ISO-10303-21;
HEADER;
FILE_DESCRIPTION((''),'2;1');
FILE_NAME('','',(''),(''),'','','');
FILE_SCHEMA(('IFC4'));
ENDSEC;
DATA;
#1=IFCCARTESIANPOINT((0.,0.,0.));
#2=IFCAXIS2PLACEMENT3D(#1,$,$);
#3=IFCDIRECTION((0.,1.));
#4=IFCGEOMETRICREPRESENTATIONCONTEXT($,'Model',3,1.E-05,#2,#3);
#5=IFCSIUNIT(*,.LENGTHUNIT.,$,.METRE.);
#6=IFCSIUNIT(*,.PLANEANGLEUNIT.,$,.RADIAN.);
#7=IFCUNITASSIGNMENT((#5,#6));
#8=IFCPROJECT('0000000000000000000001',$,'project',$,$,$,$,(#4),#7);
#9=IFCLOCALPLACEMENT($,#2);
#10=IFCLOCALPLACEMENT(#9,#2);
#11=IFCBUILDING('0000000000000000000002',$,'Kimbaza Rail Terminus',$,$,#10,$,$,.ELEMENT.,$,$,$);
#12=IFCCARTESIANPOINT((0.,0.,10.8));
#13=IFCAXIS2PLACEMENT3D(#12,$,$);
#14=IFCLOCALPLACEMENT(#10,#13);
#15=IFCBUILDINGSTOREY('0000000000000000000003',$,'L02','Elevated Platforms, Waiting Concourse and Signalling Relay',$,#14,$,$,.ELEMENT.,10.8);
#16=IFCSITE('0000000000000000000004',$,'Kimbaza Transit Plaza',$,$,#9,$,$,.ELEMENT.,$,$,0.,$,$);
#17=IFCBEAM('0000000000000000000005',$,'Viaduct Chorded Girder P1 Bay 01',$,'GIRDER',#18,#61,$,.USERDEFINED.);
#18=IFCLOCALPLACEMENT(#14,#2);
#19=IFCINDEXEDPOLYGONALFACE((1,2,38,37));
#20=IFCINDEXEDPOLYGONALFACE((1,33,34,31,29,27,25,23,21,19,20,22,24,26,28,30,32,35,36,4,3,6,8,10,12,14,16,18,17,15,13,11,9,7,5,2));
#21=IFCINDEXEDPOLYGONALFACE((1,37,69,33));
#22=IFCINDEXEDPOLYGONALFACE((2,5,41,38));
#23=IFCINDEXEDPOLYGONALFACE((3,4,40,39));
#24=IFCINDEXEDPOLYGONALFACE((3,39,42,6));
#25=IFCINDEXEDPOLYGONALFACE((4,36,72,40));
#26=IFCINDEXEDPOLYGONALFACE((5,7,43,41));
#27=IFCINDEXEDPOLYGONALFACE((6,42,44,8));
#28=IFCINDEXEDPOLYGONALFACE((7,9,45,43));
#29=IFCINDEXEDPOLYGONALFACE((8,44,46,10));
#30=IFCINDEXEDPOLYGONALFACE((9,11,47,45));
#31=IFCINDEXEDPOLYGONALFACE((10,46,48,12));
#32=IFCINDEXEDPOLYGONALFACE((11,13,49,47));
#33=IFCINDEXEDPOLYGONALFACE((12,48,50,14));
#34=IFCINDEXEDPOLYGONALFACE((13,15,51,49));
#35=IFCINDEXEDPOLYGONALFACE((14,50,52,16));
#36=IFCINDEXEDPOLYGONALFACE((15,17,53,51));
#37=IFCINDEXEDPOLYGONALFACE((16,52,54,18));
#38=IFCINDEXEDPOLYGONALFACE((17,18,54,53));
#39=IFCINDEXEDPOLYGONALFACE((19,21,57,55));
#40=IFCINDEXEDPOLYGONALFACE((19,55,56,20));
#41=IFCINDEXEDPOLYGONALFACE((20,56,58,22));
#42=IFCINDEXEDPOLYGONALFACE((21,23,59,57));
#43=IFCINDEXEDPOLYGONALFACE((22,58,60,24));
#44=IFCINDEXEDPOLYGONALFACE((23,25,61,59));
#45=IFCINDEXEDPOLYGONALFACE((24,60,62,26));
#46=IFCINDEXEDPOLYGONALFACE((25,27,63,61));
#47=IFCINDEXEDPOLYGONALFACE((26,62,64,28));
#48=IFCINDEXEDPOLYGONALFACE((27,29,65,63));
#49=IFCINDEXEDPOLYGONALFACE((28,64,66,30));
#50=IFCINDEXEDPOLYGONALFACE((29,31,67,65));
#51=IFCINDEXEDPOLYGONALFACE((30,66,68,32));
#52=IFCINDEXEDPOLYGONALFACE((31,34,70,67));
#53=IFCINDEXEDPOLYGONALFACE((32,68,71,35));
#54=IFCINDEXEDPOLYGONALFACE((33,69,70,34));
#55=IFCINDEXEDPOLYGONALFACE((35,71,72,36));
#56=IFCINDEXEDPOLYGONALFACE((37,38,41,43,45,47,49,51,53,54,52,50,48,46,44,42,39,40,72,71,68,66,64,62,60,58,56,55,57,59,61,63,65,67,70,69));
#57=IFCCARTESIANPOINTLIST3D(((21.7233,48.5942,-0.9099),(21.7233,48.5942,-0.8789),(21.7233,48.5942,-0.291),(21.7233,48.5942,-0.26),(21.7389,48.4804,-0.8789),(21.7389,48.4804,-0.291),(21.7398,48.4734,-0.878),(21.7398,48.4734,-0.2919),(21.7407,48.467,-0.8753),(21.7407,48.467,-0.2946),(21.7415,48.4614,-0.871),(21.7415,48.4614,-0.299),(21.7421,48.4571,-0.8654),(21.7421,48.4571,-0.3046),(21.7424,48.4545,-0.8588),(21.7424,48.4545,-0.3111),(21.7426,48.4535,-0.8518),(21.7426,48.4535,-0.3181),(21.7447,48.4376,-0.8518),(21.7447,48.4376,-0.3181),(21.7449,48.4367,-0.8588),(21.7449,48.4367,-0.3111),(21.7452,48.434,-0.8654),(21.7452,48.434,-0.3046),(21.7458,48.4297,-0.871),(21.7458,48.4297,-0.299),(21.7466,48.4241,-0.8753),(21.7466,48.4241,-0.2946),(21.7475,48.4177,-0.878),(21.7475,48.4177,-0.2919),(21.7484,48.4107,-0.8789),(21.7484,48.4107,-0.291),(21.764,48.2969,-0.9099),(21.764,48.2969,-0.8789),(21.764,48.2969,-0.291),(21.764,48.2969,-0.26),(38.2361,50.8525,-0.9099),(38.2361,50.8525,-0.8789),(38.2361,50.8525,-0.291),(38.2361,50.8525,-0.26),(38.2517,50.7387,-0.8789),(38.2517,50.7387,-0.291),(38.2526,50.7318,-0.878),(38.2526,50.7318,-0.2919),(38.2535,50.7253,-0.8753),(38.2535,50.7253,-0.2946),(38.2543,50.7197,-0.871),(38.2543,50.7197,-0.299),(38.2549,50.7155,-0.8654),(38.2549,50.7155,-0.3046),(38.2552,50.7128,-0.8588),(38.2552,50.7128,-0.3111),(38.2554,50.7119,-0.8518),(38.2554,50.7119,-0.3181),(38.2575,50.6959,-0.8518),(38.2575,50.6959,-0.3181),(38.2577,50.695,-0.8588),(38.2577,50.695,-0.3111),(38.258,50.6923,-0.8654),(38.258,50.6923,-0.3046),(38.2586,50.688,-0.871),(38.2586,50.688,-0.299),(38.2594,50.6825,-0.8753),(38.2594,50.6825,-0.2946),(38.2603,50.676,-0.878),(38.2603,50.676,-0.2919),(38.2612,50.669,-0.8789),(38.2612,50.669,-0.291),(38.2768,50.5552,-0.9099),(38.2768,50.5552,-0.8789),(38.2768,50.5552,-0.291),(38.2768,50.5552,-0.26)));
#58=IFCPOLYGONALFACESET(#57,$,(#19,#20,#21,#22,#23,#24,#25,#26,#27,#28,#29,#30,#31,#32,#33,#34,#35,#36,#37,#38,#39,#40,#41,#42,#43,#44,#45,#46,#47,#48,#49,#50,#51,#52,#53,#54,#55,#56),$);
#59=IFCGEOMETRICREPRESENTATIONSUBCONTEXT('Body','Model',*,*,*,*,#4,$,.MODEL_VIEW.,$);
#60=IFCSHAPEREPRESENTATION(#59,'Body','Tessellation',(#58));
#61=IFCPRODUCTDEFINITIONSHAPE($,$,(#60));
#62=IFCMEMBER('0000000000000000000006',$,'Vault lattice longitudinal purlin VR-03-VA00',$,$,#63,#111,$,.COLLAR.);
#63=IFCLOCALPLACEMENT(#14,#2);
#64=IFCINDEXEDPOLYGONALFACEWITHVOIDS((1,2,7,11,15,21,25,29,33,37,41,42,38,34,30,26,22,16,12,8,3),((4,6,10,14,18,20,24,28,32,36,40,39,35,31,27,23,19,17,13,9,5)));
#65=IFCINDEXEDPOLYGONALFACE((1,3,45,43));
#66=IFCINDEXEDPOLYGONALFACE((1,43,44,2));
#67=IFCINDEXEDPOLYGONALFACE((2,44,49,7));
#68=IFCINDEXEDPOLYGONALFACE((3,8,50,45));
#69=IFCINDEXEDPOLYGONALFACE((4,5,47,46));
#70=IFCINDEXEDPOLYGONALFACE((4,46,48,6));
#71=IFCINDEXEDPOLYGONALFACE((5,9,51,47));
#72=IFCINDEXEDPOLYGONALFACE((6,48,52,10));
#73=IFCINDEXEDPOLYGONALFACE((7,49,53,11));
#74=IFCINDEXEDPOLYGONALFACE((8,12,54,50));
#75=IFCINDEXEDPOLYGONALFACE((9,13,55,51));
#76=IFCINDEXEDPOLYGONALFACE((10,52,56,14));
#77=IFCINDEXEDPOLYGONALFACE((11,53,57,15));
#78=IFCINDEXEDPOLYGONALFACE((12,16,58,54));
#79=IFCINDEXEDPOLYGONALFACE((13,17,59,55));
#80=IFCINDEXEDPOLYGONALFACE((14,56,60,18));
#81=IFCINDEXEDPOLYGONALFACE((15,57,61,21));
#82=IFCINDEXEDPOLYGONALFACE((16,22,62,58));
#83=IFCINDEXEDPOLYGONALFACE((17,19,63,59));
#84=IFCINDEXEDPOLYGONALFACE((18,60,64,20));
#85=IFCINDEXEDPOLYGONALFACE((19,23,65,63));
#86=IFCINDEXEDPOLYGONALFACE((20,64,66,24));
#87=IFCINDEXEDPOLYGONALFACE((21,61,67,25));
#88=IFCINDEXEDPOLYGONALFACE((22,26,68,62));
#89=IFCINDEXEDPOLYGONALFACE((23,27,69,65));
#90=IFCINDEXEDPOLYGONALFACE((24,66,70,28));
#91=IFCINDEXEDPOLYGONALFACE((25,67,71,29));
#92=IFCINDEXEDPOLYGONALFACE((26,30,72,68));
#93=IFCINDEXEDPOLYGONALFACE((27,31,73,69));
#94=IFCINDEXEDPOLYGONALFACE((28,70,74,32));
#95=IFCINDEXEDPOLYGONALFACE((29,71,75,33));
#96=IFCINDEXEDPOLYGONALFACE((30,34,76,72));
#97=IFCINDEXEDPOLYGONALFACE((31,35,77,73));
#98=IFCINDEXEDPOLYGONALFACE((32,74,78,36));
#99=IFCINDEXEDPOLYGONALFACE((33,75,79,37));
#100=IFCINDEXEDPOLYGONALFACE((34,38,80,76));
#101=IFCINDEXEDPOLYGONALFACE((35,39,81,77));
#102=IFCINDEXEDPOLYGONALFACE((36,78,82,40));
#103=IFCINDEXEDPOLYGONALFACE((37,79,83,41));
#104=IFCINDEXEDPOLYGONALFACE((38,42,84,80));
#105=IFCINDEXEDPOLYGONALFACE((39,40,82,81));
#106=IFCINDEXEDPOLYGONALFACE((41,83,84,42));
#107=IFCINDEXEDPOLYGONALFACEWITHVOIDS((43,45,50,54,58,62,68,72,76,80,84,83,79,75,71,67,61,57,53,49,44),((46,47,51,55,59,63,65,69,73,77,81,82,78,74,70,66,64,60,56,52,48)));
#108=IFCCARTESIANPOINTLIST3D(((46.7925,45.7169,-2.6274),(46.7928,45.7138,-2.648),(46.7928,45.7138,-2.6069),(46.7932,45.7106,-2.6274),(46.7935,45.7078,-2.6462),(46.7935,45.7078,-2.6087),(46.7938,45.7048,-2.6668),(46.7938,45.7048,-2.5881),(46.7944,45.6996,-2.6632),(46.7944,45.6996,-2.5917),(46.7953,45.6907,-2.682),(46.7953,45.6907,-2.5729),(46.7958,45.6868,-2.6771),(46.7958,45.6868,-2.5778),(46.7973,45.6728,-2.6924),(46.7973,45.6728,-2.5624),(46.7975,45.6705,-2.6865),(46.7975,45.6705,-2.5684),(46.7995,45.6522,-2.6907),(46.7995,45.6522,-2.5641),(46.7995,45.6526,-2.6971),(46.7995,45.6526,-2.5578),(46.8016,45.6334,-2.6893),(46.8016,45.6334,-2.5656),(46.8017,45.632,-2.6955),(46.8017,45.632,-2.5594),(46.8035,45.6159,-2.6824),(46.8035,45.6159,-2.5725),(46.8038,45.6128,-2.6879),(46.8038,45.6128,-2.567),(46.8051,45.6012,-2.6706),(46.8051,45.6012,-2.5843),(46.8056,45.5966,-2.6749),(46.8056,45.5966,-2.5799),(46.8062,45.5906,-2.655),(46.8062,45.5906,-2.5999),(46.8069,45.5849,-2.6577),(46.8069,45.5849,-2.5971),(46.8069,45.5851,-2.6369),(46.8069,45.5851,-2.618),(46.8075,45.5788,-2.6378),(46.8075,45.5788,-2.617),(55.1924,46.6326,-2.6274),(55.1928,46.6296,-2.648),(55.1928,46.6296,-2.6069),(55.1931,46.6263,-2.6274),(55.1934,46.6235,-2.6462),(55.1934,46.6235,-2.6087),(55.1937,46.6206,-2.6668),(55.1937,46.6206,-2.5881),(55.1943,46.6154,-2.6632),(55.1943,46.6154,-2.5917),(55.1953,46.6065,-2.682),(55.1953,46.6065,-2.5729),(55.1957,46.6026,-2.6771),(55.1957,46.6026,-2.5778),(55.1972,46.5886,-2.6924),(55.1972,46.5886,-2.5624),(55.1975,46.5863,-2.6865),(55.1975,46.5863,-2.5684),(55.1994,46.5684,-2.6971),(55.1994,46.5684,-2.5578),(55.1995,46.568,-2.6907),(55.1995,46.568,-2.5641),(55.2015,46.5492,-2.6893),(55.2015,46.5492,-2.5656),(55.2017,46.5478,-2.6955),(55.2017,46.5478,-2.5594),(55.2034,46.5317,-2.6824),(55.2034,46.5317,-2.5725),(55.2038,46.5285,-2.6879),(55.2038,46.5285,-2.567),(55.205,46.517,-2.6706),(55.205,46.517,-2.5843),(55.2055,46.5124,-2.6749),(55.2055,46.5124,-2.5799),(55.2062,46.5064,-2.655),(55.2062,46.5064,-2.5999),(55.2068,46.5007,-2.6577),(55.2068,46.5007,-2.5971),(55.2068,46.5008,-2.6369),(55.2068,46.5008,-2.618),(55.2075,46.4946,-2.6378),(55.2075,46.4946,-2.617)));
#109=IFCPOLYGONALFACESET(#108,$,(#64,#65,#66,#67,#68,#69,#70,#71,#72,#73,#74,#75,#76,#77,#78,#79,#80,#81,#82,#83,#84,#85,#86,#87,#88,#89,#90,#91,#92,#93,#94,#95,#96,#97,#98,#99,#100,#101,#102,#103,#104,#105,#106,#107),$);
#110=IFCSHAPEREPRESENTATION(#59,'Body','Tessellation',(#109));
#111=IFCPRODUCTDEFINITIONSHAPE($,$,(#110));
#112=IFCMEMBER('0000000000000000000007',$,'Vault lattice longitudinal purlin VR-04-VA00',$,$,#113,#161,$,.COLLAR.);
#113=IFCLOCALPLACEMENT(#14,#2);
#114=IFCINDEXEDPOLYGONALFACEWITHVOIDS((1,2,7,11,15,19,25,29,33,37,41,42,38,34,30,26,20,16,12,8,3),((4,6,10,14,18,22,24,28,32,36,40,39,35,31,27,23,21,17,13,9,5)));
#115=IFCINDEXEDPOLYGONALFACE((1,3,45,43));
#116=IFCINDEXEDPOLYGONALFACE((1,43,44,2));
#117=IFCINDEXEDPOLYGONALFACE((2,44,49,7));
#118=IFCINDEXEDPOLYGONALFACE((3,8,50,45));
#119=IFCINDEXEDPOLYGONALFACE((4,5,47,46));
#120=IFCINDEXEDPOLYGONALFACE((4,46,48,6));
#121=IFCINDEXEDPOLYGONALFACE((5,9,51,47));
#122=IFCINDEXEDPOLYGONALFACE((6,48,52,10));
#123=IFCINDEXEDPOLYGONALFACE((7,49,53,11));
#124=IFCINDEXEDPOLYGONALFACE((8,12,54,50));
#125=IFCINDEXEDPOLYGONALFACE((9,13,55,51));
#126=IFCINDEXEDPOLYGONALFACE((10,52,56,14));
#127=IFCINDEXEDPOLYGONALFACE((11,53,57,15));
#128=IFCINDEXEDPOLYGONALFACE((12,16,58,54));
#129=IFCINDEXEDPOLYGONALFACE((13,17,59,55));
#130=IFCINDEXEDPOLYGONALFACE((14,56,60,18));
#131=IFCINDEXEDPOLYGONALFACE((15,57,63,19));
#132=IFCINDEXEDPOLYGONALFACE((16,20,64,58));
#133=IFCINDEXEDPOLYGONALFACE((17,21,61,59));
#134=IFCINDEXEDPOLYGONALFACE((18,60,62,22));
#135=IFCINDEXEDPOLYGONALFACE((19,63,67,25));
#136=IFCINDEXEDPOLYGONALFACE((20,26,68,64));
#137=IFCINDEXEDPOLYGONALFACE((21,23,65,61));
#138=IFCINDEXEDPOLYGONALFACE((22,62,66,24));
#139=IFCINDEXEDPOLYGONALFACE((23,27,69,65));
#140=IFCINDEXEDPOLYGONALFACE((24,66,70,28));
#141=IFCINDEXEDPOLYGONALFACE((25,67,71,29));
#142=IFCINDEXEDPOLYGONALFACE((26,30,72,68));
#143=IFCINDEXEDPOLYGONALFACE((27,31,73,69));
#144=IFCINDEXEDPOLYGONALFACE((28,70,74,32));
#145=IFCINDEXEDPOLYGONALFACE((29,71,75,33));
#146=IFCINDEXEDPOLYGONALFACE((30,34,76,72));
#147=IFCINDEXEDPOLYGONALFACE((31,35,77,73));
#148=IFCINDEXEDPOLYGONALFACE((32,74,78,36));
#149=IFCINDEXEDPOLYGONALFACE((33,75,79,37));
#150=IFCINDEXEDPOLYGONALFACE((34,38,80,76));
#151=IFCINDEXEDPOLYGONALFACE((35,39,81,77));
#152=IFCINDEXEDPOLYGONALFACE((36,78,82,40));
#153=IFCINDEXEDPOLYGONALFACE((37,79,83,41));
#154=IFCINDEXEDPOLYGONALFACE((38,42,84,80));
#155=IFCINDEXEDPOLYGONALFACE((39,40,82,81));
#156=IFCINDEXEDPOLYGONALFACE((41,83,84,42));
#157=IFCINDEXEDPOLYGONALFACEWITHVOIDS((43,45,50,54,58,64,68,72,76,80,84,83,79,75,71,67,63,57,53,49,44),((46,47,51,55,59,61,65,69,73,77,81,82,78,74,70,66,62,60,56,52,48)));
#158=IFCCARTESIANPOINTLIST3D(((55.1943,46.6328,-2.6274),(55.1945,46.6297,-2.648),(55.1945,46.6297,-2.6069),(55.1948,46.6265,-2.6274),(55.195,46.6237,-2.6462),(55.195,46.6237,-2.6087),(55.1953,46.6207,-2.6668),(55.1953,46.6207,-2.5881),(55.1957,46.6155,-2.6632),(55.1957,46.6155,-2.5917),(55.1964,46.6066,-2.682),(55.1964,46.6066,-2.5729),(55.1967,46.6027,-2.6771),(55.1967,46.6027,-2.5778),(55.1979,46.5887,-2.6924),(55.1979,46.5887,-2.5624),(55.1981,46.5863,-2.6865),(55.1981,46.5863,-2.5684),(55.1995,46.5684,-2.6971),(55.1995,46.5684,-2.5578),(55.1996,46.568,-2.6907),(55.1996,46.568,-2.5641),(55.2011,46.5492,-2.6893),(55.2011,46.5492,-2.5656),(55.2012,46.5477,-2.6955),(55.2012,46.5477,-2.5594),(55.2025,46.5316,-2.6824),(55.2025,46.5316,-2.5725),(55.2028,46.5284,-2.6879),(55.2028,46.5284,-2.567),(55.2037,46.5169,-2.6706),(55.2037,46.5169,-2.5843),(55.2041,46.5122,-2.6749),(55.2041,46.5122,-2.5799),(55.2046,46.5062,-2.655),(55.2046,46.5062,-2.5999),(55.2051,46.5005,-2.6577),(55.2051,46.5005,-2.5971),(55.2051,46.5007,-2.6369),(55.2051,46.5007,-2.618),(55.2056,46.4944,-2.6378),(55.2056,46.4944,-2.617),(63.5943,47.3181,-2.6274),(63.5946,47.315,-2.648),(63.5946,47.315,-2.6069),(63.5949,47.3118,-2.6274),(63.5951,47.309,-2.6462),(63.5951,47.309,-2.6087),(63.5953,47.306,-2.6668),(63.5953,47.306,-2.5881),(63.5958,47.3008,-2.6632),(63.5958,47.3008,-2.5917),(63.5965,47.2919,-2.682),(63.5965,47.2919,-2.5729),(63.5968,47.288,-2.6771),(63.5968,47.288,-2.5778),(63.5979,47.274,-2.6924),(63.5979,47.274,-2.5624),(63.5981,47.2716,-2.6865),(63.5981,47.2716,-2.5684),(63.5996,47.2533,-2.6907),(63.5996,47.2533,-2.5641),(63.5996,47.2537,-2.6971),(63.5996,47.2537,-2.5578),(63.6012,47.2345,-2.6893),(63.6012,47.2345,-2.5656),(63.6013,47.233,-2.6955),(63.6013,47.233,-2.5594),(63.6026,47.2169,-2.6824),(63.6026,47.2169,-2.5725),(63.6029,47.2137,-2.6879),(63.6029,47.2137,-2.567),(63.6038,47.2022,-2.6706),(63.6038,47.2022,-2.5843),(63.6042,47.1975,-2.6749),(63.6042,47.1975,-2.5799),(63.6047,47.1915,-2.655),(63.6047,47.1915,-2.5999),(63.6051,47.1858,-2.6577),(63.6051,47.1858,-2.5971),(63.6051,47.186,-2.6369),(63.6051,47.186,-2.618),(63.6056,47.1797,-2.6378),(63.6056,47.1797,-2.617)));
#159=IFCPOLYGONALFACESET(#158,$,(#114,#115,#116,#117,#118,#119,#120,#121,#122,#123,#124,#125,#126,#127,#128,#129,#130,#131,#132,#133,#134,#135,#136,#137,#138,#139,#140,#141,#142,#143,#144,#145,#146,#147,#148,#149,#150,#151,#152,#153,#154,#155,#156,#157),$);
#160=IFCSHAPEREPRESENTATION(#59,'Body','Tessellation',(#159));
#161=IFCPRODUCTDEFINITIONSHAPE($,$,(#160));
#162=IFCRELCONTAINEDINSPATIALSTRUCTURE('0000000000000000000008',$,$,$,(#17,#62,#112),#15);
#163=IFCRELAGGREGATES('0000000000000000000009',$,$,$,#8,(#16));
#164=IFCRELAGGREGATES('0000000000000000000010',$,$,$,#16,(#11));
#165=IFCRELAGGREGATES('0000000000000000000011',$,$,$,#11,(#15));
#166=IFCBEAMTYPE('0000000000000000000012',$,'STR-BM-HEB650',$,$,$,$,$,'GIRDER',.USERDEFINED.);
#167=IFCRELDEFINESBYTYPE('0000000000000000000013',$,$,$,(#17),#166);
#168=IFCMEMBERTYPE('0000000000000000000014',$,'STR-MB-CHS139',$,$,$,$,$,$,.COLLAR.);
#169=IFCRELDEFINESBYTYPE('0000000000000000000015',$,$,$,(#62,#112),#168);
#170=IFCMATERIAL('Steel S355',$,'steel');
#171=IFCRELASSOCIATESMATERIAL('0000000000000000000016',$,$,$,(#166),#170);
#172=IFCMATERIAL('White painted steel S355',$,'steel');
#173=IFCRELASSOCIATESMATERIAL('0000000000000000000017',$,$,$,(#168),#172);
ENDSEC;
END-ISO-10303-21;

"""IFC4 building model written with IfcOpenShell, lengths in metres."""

from ifc_helpers import new_model, si_unit, direction, frame, origin, origin_2d, place, context, subcontext, project, spatial, hollow_circle, i_section, extrude, material, material_profile, profile_set, type_object, element, save


model = new_model("IFC4")

# Units and contexts
model_context = context("Model", 3, precision=1e-05, world=origin(), true_north=direction((0.0, 1.0)))
body_context = subcontext(model_context, "Body", "Model", "MODEL_VIEW")
ifc_project = project(units=[si_unit("LENGTHUNIT", "METRE"), si_unit("PLANEANGLEUNIT", "RADIAN")], contexts=[model_context])

# Site, building, storey
site_placement = place(None, origin())
site = spatial("IfcSite", under=ifc_project, at=site_placement, Name="Kimbaza Transit Plaza", CompositionType="ELEMENT", RefElevation=0.0)
building_placement = place(site_placement, origin())
building = spatial("IfcBuilding", under=site, at=building_placement, Name="Kimbaza Rail Terminus", CompositionType="ELEMENT")
storey_placement = place(building_placement, frame((0.0, 0.0, 10.8)))
storey = spatial("IfcBuildingStorey", under=building, at=storey_placement, Name="L02", Description="Elevated Platforms, Waiting Concourse and Signalling Relay", CompositionType="ELEMENT", Elevation=10.8)

# Beam
ifc_material_1 = material(Name="Steel S355", Category="steel")
ifc_material_profile_1 = material_profile(ifc_material_1, i_section(OverallWidth=0.3, OverallDepth=0.6499, WebThickness=0.0161, FlangeThickness=0.031, FilletRadius=0.0271, at=origin_2d()), Name="HEB 650")
ifc_profile_set_1 = profile_set([ifc_material_profile_1], Name="Steel S355")
beam_type = type_object("IfcBeamType", Name="STR-BM-HEB650", ElementType="GIRDER", PredefinedType="USERDEFINED", material=ifc_profile_set_1)
beam_placement = place(storey_placement, frame((21.7437, 48.4456, -0.585), z_axis=(0.990777, 0.1355, 0.0), x_axis=(-0.1355, 0.990777, 0.0)))
element("IfcBeam", 1, at=beam_placement, inside=storey, type_object=beam_type, Name="Viaduct Chorded Girder P1 Bay 01", ObjectType="GIRDER", PredefinedType="USERDEFINED", context=body_context, shape_type="SweptSolid", body=[
    extrude(i_section(OverallWidth=0.3, OverallDepth=0.6499, WebThickness=0.0161, FlangeThickness=0.031, FilletRadius=0.0271, at=origin_2d()), origin(), (0.0, 0.0, 1.0), 16.6665),
])

# Members
ifc_material_2 = material(Name="White painted steel S355", Category="steel")
ifc_material_profile_2 = material_profile(ifc_material_2, hollow_circle(Radius=0.0698, WallThickness=0.0063, at=origin_2d()), Name="CHS 139.7x6.3")
ifc_profile_set_2 = profile_set([ifc_material_profile_2], Name="White painted steel S355")
member_type_1 = type_object("IfcMemberType", Name="STR-MB-CHS139", PredefinedType="COLLAR", material=ifc_profile_set_2)
member_1_placement = place(storey_placement, frame((46.8, 45.6475, -2.6274), z_axis=(0.99411, 0.10838, 0.0), x_axis=(-0.10838, 0.99411, 0.0)))
element("IfcMember", 2, at=member_1_placement, inside=storey, type_object=member_type_1, Name="Vault lattice longitudinal purlin VR-03-VA00", PredefinedType="COLLAR", context=body_context, shape_type="SweptSolid", body=[
    extrude(hollow_circle(Radius=0.0698, WallThickness=0.0063, at=origin_2d()), origin(), (0.0, 0.0, 1.0), 8.4497),
])
member_2_placement = place(storey_placement, frame((55.2, 46.5632, -2.6274), z_axis=(0.996689, 0.081312, 0.0), x_axis=(-0.081312, 0.996689, 0.0)))
element("IfcMember", 3, at=member_2_placement, inside=storey, type_object=member_type_1, Name="Vault lattice longitudinal purlin VR-04-VA00", PredefinedType="COLLAR", context=body_context, shape_type="SweptSolid", body=[
    extrude(hollow_circle(Radius=0.0698, WallThickness=0.0063, at=origin_2d()), origin(), (0.0, 0.0, 1.0), 8.428),
])

save(model, "model.ifc")
